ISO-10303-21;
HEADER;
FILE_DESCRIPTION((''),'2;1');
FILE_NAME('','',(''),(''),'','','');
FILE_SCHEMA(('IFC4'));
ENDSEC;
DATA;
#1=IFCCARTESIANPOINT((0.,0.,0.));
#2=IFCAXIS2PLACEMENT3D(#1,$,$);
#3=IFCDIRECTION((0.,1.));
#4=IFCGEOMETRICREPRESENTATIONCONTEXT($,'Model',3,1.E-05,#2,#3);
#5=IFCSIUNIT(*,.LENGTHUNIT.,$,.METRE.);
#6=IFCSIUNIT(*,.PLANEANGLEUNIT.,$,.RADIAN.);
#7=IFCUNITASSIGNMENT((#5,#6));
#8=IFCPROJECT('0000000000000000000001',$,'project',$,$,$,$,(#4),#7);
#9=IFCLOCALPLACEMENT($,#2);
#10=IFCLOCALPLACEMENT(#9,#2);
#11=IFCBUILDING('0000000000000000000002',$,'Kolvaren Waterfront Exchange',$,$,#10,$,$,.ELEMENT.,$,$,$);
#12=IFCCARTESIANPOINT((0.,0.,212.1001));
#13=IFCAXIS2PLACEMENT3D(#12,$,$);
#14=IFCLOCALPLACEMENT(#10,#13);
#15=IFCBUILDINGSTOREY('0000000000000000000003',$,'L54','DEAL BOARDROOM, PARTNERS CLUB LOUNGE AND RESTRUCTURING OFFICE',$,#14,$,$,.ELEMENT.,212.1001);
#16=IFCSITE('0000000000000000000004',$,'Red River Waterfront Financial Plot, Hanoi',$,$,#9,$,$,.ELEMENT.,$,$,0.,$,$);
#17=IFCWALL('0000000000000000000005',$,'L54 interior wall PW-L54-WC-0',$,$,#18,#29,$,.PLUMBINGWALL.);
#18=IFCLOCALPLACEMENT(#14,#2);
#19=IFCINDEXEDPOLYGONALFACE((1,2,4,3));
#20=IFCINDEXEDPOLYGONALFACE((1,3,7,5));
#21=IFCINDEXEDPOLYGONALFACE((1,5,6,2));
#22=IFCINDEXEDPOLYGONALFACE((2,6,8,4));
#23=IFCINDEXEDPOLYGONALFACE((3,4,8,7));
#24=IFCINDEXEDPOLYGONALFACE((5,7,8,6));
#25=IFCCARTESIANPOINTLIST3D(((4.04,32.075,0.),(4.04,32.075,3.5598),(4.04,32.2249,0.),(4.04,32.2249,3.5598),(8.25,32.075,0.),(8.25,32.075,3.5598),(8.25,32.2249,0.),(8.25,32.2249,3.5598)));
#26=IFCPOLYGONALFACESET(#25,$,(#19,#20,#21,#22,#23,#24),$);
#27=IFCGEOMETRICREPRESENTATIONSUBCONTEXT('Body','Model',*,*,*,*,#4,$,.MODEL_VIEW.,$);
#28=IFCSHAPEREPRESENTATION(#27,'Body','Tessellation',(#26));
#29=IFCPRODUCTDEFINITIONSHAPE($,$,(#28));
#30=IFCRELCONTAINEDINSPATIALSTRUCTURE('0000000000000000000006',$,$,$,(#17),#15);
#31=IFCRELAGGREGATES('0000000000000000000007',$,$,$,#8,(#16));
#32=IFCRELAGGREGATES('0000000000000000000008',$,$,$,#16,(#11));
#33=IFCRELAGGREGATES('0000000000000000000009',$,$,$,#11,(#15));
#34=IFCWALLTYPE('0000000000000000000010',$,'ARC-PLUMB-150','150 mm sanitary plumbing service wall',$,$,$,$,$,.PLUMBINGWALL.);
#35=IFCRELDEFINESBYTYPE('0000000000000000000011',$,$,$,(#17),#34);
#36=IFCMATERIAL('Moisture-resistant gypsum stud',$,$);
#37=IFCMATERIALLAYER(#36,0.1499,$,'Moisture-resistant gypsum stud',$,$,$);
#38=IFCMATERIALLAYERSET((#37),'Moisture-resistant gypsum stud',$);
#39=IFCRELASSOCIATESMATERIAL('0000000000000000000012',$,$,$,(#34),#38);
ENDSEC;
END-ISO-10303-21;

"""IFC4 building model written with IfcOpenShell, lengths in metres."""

from ifc_helpers import new_model, si_unit, direction, frame, frame_2d, origin, place, context, subcontext, project, spatial, rectangle, extrude, material, layer, layer_set, type_object, element, save


model = new_model("IFC4")

# Units and contexts
model_context = context("Model", 3, precision=1e-05, world=origin(), true_north=direction((0.0, 1.0)))
body_context = subcontext(model_context, "Body", "Model", "MODEL_VIEW")
ifc_project = project(units=[si_unit("LENGTHUNIT", "METRE"), si_unit("PLANEANGLEUNIT", "RADIAN")], contexts=[model_context])

# Site, building, storey
site_placement = place(None, origin())
site = spatial("IfcSite", under=ifc_project, at=site_placement, Name="Red River Waterfront Financial Plot, Hanoi", CompositionType="ELEMENT", RefElevation=0.0)
building_placement = place(site_placement, origin())
building = spatial("IfcBuilding", under=site, at=building_placement, Name="Kolvaren Waterfront Exchange", CompositionType="ELEMENT")
storey_placement = place(building_placement, frame((0.0, 0.0, 212.1001)))
storey = spatial("IfcBuildingStorey", under=building, at=storey_placement, Name="L54", Description="DEAL BOARDROOM, PARTNERS CLUB LOUNGE AND RESTRUCTURING OFFICE", CompositionType="ELEMENT", Elevation=212.1001)

# Wall
ifc_material_1 = material(Name="Moisture-resistant gypsum stud")
ifc_layer_1 = layer(ifc_material_1, 0.1499, Name="Moisture-resistant gypsum stud")
ifc_layer_set_1 = layer_set([ifc_layer_1], Name="Moisture-resistant gypsum stud")
wall_type_1 = type_object("IfcWallType", Name="ARC-PLUMB-150", Description="150 mm sanitary plumbing service wall", PredefinedType="PLUMBINGWALL", material=ifc_layer_set_1)
wall_1_placement = place(storey_placement, frame((4.04, 32.1499, 0.0), z_axis=(0.0, 0.0, 1.0), x_axis=(1.0, 0.0, 0.0)))
element("IfcWall", 1, at=wall_1_placement, inside=storey, type_object=wall_type_1, Name="L54 interior wall PW-L54-WC-0", PredefinedType="PLUMBINGWALL", context=body_context, shape_type="SweptSolid", body=[
    extrude(rectangle(XDim=4.21, YDim=0.1499, at=frame_2d((2.105, 0.0))), origin(), (0.0, 0.0, 1.0), 3.5598),
])

save(model, "model.ifc")
